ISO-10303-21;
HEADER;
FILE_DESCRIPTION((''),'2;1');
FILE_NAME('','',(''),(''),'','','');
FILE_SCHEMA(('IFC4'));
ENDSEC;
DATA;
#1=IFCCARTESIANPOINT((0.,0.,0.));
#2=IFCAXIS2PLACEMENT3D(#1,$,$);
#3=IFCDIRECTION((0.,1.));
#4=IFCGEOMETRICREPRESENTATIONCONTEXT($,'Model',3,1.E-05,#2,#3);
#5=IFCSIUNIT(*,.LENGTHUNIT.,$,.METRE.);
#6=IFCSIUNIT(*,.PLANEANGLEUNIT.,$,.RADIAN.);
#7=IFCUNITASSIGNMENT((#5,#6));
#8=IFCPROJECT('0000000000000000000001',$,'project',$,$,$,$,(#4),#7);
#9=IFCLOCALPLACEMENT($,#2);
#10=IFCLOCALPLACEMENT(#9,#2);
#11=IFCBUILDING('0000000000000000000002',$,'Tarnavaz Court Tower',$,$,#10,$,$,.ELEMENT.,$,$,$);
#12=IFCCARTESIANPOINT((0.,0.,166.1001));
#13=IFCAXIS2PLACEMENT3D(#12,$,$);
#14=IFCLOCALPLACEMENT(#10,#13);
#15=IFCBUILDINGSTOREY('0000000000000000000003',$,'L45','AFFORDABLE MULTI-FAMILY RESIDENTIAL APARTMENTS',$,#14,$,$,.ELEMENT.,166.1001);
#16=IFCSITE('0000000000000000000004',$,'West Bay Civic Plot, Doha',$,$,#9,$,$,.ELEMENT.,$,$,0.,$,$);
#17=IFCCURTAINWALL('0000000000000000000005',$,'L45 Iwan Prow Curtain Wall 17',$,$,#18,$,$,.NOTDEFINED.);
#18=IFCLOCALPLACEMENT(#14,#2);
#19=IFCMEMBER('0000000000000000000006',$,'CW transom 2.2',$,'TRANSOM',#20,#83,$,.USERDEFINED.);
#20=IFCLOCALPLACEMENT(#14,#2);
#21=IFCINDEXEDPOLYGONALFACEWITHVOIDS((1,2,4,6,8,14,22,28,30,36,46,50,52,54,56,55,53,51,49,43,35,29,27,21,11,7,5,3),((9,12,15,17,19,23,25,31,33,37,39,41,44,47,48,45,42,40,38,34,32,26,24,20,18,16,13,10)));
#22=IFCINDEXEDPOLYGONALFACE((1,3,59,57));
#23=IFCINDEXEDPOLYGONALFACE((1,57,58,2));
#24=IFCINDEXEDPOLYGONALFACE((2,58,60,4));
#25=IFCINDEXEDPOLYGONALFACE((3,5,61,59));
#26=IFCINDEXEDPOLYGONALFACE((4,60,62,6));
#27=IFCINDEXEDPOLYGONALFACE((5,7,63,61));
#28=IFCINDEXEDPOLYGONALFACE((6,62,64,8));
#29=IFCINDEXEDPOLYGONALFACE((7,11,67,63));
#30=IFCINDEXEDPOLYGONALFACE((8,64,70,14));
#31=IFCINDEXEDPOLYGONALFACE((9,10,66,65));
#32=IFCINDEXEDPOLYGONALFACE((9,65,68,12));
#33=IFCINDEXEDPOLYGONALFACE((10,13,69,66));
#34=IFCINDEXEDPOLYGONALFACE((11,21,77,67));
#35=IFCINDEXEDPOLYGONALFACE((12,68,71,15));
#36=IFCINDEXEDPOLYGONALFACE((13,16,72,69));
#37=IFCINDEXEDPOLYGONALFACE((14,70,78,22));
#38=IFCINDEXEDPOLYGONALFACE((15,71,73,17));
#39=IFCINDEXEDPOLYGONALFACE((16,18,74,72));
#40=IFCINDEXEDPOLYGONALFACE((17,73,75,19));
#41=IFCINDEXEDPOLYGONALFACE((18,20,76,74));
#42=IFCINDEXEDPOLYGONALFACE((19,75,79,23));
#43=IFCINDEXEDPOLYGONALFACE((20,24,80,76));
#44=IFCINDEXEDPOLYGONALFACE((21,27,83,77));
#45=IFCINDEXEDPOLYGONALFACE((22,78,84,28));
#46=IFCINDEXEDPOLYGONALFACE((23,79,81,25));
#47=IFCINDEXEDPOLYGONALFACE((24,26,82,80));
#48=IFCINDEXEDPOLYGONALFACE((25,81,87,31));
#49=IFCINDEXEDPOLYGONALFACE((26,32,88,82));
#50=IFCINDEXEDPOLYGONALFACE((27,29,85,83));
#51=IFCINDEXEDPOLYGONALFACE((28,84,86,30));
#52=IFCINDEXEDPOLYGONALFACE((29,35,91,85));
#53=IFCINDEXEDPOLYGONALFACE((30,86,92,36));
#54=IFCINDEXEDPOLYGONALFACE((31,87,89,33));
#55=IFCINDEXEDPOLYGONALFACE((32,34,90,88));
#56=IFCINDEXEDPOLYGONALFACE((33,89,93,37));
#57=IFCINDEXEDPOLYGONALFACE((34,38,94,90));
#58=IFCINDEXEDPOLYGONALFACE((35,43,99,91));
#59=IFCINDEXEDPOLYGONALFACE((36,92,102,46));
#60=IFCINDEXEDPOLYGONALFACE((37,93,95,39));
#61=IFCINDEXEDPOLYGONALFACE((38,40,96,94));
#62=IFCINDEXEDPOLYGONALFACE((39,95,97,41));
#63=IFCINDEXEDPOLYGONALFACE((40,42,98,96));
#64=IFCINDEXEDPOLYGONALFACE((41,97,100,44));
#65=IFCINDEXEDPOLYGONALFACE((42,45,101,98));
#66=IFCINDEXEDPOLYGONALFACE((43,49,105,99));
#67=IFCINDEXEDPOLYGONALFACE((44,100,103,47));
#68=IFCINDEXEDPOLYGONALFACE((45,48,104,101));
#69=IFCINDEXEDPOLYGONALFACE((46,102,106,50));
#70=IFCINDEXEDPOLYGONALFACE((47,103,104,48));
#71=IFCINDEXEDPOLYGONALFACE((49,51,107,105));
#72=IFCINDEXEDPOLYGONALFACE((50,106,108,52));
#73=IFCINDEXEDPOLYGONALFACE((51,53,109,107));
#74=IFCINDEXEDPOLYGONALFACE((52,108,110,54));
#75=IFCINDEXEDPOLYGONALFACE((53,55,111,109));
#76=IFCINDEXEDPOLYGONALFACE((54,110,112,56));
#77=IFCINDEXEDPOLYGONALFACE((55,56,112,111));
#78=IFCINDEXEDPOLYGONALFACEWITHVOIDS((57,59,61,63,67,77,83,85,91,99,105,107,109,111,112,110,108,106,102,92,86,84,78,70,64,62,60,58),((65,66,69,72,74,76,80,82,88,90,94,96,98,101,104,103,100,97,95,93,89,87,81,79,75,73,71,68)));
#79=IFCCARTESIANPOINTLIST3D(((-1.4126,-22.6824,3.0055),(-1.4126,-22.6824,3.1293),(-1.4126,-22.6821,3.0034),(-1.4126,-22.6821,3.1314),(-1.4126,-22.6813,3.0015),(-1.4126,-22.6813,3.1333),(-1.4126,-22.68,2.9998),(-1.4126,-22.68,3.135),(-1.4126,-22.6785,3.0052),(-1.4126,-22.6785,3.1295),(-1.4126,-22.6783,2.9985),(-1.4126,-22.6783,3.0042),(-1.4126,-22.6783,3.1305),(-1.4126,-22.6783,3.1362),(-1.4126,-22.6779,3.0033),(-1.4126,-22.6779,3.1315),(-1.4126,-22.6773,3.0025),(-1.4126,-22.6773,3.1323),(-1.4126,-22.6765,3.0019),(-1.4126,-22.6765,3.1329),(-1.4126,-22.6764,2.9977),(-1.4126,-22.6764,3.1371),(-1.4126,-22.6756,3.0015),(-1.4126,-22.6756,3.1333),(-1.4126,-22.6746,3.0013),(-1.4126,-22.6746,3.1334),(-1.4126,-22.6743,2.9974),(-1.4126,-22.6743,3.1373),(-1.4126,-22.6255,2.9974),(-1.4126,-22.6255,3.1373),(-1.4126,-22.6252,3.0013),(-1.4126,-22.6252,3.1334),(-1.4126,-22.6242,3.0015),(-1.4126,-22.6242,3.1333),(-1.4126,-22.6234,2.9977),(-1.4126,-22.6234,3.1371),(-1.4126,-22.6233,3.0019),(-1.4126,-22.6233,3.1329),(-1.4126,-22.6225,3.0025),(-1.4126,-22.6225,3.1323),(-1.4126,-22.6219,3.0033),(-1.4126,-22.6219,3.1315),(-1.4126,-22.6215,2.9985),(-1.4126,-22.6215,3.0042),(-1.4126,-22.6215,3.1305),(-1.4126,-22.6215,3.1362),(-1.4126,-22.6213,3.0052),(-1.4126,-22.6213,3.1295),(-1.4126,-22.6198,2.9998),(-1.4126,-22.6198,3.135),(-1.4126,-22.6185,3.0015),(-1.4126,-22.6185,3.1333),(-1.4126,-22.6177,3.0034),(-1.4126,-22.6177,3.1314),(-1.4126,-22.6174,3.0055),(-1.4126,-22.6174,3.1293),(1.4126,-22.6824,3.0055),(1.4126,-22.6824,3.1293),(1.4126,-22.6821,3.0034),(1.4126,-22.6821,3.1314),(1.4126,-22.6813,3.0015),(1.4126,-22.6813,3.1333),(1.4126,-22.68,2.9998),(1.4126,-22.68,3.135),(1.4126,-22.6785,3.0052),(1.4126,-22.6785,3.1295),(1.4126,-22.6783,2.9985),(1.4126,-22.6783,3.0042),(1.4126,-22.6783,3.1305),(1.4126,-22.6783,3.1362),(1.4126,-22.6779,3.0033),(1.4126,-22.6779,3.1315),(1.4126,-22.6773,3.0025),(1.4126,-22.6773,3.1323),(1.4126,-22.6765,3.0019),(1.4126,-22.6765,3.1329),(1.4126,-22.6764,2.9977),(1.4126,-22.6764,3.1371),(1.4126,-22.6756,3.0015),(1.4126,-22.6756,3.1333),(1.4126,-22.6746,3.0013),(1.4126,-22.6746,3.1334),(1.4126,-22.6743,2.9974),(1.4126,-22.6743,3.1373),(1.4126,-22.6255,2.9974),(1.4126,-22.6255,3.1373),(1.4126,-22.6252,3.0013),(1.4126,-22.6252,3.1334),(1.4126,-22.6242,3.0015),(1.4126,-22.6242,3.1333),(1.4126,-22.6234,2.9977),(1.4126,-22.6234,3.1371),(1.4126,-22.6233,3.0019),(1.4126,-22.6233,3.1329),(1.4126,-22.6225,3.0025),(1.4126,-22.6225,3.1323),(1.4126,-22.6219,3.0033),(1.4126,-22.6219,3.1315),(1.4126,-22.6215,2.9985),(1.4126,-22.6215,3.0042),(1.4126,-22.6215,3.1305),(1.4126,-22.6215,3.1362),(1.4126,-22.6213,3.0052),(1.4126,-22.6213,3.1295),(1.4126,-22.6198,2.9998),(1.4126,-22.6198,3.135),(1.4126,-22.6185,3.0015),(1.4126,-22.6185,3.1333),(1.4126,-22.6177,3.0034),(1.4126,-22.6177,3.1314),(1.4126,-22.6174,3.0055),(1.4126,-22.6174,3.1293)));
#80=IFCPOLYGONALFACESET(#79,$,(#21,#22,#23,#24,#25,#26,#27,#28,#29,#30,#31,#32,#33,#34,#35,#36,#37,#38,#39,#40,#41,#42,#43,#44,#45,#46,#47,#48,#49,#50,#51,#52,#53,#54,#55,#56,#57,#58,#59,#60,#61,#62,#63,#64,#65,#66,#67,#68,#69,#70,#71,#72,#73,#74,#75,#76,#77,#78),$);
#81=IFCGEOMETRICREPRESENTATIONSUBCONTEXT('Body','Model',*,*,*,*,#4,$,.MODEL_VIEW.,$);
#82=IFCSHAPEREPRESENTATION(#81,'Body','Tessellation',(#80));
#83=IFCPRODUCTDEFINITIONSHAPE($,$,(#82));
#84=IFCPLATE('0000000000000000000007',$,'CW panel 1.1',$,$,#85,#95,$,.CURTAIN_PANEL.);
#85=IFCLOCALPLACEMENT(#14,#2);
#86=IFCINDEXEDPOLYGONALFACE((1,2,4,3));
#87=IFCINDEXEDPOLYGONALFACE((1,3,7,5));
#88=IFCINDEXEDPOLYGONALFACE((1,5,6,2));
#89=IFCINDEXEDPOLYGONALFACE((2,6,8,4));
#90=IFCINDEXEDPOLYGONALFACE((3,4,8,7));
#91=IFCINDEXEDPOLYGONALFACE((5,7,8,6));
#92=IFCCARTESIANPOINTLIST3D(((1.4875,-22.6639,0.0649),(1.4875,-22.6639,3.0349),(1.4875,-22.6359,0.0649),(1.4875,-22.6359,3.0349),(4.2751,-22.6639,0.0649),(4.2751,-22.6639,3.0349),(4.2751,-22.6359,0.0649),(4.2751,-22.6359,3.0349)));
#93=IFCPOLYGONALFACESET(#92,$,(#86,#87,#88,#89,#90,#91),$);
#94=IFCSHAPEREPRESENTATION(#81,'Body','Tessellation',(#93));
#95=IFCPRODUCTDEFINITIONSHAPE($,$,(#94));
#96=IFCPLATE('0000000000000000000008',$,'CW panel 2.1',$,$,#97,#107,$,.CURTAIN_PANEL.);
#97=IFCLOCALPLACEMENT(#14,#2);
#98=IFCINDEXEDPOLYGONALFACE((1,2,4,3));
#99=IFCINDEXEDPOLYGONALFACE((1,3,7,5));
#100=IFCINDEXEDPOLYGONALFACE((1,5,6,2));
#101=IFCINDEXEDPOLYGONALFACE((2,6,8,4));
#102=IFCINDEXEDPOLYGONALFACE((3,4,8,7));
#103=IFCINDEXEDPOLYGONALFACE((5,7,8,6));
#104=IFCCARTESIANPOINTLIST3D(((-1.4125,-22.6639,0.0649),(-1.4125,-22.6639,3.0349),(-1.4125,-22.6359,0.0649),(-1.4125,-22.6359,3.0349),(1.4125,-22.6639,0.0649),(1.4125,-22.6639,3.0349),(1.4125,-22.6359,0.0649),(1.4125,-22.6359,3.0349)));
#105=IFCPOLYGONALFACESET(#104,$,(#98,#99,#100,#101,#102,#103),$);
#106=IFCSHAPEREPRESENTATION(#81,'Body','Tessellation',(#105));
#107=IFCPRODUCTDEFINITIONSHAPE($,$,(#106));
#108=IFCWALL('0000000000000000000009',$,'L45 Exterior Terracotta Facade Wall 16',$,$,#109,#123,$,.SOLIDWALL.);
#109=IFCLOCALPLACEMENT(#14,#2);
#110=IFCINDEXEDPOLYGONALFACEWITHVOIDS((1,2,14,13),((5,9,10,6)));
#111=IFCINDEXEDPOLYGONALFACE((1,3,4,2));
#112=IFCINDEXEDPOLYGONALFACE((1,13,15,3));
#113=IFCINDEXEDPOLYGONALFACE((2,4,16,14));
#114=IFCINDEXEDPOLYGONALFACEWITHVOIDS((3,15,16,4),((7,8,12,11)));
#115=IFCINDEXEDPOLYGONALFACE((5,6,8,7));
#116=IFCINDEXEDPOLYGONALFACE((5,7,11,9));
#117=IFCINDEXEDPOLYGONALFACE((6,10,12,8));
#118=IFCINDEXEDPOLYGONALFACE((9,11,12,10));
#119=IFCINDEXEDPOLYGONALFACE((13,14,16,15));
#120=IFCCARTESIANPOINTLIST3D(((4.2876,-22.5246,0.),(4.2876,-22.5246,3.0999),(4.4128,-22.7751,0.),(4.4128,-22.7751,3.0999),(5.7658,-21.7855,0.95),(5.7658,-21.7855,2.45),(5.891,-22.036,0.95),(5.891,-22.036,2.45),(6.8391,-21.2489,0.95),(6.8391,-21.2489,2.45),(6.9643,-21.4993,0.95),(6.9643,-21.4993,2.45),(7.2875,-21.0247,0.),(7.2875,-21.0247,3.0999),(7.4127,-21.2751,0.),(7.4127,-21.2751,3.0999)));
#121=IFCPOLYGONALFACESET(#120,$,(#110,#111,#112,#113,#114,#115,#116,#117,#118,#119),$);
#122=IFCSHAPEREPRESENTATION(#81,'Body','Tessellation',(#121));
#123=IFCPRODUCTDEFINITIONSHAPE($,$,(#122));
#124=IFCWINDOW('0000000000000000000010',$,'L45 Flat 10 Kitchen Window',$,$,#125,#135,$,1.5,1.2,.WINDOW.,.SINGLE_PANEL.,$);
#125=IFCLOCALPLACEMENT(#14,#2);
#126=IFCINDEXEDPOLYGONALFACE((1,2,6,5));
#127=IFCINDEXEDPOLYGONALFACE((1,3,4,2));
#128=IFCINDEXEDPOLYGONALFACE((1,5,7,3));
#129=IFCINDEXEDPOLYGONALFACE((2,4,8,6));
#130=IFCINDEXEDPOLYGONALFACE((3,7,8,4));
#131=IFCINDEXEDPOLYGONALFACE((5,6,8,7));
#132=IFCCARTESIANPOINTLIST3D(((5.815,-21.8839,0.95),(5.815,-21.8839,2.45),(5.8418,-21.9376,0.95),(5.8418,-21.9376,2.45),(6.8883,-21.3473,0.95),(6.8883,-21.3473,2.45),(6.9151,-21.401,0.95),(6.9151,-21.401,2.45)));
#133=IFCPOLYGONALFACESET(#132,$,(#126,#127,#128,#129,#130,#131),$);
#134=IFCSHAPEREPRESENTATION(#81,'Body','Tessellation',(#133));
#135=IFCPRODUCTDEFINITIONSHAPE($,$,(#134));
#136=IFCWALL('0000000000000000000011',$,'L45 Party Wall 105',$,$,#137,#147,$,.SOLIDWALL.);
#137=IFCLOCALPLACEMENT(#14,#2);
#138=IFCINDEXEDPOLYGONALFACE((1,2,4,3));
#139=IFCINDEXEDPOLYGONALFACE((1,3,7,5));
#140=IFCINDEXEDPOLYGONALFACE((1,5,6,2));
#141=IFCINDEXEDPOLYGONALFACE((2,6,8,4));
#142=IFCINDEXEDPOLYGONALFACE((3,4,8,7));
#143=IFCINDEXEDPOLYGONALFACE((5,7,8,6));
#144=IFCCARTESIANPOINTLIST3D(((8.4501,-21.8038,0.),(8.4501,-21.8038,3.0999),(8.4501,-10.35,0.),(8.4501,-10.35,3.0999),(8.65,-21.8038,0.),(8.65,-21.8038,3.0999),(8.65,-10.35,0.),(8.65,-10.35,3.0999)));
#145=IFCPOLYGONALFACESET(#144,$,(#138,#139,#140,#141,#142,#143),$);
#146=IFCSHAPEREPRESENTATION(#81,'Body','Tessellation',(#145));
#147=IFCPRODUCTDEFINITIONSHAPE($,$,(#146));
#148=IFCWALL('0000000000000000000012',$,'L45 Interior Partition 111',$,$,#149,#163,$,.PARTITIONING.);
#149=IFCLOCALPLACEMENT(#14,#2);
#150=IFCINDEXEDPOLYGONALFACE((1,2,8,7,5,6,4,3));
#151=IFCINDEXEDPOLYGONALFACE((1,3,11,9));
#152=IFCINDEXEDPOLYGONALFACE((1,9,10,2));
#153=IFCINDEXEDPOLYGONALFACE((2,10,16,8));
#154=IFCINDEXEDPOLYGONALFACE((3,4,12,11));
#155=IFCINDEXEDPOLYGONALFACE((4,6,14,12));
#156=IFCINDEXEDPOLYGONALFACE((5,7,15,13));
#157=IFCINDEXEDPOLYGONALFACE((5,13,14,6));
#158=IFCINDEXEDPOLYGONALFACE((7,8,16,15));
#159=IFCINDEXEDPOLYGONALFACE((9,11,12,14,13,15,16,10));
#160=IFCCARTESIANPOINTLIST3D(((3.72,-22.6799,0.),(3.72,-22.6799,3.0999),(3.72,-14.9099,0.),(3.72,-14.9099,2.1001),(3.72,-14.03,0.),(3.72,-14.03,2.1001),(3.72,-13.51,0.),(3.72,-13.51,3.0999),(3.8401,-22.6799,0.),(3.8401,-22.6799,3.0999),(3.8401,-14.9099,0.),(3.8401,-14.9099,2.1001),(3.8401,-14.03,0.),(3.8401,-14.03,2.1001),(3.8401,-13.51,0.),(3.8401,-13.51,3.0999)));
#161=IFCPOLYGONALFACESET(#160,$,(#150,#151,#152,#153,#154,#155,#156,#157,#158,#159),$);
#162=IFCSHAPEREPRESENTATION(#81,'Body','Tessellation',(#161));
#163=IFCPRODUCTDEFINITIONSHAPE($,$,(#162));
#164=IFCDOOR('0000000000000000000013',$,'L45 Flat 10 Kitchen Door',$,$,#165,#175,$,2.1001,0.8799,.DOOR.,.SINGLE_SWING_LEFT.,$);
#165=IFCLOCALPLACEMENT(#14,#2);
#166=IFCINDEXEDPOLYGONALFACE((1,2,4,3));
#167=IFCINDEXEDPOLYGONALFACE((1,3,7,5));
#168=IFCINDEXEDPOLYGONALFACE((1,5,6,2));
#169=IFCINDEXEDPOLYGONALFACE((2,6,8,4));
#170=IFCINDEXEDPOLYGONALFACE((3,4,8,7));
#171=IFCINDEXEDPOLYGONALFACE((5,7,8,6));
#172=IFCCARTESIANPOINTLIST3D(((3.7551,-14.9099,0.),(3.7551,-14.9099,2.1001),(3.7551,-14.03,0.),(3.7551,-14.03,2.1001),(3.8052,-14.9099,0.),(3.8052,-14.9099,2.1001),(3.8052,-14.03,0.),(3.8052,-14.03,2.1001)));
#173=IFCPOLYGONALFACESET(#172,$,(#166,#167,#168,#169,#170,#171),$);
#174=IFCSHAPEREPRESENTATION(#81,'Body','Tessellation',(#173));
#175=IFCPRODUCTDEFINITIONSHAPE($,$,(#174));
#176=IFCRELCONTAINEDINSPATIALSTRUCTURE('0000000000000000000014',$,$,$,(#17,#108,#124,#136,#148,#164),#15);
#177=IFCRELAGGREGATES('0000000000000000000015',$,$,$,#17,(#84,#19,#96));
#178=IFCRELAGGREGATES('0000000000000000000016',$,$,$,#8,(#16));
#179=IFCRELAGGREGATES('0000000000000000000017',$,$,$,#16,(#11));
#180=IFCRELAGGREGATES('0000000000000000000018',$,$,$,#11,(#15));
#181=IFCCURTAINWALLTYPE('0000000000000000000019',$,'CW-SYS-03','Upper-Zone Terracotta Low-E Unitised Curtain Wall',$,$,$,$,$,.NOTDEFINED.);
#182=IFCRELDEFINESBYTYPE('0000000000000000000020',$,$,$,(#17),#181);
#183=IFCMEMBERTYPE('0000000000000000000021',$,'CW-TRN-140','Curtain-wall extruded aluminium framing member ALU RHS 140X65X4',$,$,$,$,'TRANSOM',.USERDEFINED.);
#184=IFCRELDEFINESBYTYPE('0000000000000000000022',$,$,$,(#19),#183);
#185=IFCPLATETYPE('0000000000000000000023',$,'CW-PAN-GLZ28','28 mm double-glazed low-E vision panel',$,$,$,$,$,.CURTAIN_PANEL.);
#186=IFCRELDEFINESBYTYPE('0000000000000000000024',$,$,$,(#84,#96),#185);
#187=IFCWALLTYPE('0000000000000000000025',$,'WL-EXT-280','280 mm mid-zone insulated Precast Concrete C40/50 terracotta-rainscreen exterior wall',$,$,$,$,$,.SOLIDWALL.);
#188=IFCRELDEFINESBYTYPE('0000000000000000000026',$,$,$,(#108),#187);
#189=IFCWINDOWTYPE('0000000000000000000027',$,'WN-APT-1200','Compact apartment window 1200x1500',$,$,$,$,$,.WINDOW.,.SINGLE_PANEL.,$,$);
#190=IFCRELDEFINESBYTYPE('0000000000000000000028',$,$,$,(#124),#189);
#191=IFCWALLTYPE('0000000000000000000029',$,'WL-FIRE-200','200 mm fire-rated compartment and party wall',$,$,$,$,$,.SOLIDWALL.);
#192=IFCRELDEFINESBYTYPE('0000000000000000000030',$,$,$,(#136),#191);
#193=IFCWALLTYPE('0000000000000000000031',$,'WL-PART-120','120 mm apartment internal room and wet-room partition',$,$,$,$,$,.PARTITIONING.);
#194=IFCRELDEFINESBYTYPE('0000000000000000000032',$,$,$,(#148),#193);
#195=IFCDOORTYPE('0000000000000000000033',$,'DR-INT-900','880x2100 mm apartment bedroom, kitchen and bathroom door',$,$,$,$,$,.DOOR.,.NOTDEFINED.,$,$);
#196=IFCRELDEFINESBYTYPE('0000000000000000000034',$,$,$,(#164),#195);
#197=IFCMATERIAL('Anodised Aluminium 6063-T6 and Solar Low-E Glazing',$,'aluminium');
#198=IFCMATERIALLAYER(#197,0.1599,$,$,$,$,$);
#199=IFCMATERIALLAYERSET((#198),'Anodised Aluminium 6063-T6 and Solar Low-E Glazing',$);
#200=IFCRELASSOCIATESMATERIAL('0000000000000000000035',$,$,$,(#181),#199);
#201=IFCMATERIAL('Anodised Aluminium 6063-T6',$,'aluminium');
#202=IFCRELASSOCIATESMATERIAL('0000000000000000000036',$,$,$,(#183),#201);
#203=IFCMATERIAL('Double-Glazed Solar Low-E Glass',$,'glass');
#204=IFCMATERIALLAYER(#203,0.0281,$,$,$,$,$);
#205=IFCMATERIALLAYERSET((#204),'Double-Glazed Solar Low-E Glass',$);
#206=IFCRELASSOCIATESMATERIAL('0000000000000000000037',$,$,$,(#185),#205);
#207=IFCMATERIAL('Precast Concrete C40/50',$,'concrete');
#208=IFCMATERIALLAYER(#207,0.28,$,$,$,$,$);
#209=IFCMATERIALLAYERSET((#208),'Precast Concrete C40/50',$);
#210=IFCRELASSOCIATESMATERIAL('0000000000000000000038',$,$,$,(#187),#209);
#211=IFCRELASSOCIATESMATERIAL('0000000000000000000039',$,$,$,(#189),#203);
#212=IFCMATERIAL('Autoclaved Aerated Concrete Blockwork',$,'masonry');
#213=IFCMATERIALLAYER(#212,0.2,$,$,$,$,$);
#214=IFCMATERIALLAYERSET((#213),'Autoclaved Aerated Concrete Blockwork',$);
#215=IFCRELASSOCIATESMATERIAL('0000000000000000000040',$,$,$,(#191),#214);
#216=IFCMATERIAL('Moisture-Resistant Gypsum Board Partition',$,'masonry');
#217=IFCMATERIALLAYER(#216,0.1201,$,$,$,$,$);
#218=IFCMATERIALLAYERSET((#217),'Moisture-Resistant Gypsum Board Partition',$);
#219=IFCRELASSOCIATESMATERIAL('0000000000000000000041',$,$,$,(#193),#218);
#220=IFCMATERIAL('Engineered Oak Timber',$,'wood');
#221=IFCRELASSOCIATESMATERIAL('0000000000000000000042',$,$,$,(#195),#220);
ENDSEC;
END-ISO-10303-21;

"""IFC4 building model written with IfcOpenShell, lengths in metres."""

from ifc_helpers import new_model, si_unit, direction, frame, frame_2d, origin, origin_2d, place, context, subcontext, project, spatial, rectangle, hollow_rectangle, extrude, material, layer, layer_set, material_profile, profile_set, type_object, element, fill, aggregate, save


model = new_model("IFC4")

# Units and contexts
model_context = context("Model", 3, precision=1e-05, world=origin(), true_north=direction((0.0, 1.0)))
body_context = subcontext(model_context, "Body", "Model", "MODEL_VIEW")
ifc_project = project(units=[si_unit("LENGTHUNIT", "METRE"), si_unit("PLANEANGLEUNIT", "RADIAN")], contexts=[model_context])

# Site, building, storey
site_placement = place(None, origin())
site = spatial("IfcSite", under=ifc_project, at=site_placement, Name="West Bay Civic Plot, Doha", CompositionType="ELEMENT", RefElevation=0.0)
building_placement = place(site_placement, origin())
building = spatial("IfcBuilding", under=site, at=building_placement, Name="Tarnavaz Court Tower", CompositionType="ELEMENT")
storey_placement = place(building_placement, frame((0.0, 0.0, 166.1001)))
storey = spatial("IfcBuildingStorey", under=building, at=storey_placement, Name="L45", Description="AFFORDABLE MULTI-FAMILY RESIDENTIAL APARTMENTS", CompositionType="ELEMENT", Elevation=166.1001)

# Curtain wall, member, plates
ifc_material_1 = material(Name="Anodised Aluminium 6063-T6 and Solar Low-E Glazing", Category="aluminium")
ifc_layer_1 = layer(ifc_material_1, 0.1599)
ifc_layer_set_1 = layer_set([ifc_layer_1], Name="Anodised Aluminium 6063-T6 and Solar Low-E Glazing")
curtain_wall_type = type_object("IfcCurtainWallType", Name="CW-SYS-03", Description="Upper-Zone Terracotta Low-E Unitised Curtain Wall", PredefinedType="NOTDEFINED", material=ifc_layer_set_1)
curtain_wall_placement = place(storey_placement, origin())
curtain_wall = element("IfcCurtainWall", 1, at=curtain_wall_placement, inside=storey, type_object=curtain_wall_type, Name="L45 Iwan Prow Curtain Wall 17", PredefinedType="NOTDEFINED")
ifc_material_2 = material(Name="Anodised Aluminium 6063-T6", Category="aluminium")
ifc_material_profile_1 = material_profile(ifc_material_2, hollow_rectangle(XDim=0.0649, YDim=0.1399, WallThickness=0.0039, InnerFilletRadius=0.0039, OuterFilletRadius=0.0081, at=origin_2d()), Name="ALU RHS 140X65X4")
ifc_profile_set_1 = profile_set([ifc_material_profile_1], Name="Anodised Aluminium 6063-T6")
member_type_1 = type_object("IfcMemberType", Name="CW-TRN-140", Description="Curtain-wall extruded aluminium framing member ALU RHS 140X65X4", ElementType="TRANSOM", PredefinedType="USERDEFINED", material=ifc_profile_set_1)
member_1_placement = place(storey_placement, frame((1.4126, -22.6499, 3.0674), z_axis=(-1.0, 0.0, 0.0), x_axis=(0.0, -1.0, 0.0)))
member_1 = element("IfcMember", 2, at=member_1_placement, type_object=member_type_1, Name="CW transom 2.2", ObjectType="TRANSOM", PredefinedType="USERDEFINED", context=body_context, shape_type="SweptSolid", body=[
    extrude(hollow_rectangle(XDim=0.0649, YDim=0.1399, WallThickness=0.0039, InnerFilletRadius=0.0039, OuterFilletRadius=0.0081, at=origin_2d()), origin(), (0.0, 0.0, 1.0), 2.8252),
])
ifc_material_3 = material(Name="Double-Glazed Solar Low-E Glass", Category="glass")
ifc_layer_2 = layer(ifc_material_3, 0.0281)
ifc_layer_set_2 = layer_set([ifc_layer_2], Name="Double-Glazed Solar Low-E Glass")
plate_type = type_object("IfcPlateType", Name="CW-PAN-GLZ28", Description="28 mm double-glazed low-E vision panel", PredefinedType="CURTAIN_PANEL", material=ifc_layer_set_2)
plate_1_placement = place(storey_placement, frame((2.8813, -22.6499, 0.0649), z_axis=(0.0, 0.0, 1.0), x_axis=(-1.0, 0.0, 0.0)))
plate_1 = element("IfcPlate", 3, at=plate_1_placement, type_object=plate_type, Name="CW panel 1.1", PredefinedType="CURTAIN_PANEL", context=body_context, shape_type="SweptSolid", body=[
    extrude(rectangle(XDim=2.7876, YDim=0.0281, at=origin_2d()), origin(), (0.0, 0.0, 1.0), 2.97),
])
plate_2_placement = place(storey_placement, frame((0.0, -22.6499, 0.0649), z_axis=(0.0, 0.0, 1.0), x_axis=(-1.0, 0.0, 0.0)))
plate_2 = element("IfcPlate", 4, at=plate_2_placement, type_object=plate_type, Name="CW panel 2.1", PredefinedType="CURTAIN_PANEL", context=body_context, shape_type="SweptSolid", body=[
    extrude(rectangle(XDim=2.825, YDim=0.0281, at=origin_2d()), origin(), (0.0, 0.0, 1.0), 2.97),
])
aggregate(curtain_wall, [plate_1, member_1, plate_2])

# Wall, opening, window
ifc_material_4 = material(Name="Precast Concrete C40/50", Category="concrete")
ifc_layer_3 = layer(ifc_material_4, 0.28)
ifc_layer_set_3 = layer_set([ifc_layer_3], Name="Precast Concrete C40/50")
wall_type_1 = type_object("IfcWallType", Name="WL-EXT-280", Description="280 mm mid-zone insulated Precast Concrete C40/50 terracotta-rainscreen exterior wall", PredefinedType="SOLIDWALL", material=ifc_layer_set_3)
wall_1_placement = place(storey_placement, frame((7.3501, -21.1499, 0.0), z_axis=(0.0, 0.0, 1.0), x_axis=(-0.894427, -0.447214, 0.0)))
wall_1 = element("IfcWall", 5, at=wall_1_placement, inside=storey, type_object=wall_type_1, Name="L45 Exterior Terracotta Facade Wall 16", PredefinedType="SOLIDWALL", context=body_context, shape_type="SweptSolid", body=[
    extrude(rectangle(XDim=3.354, YDim=0.28, at=frame_2d((1.677, 0.0))), origin(), (0.0, 0.0, 1.0), 3.0999),
])
opening_1_placement = place(wall_1_placement, frame((0.5012, 0.0, 0.95)))
opening_1 = element("IfcOpeningElement", 6, at=opening_1_placement, cuts=wall_1, PredefinedType="OPENING", context=body_context, shape_type="SweptSolid", body=[
    extrude(rectangle(XDim=1.2, YDim=1.5, at=frame_2d((0.6001, 0.75))), frame((0.0, 0.1499, 0.0), z_axis=(0.0, -1.0, 0.0), x_axis=(1.0, 0.0, 0.0)), (0.0, 0.0, 1.0), 0.3),
])
window_type = type_object("IfcWindowType", Name="WN-APT-1200", Description="Compact apartment window 1200x1500", PartitioningType="SINGLE_PANEL", PredefinedType="WINDOW", material=ifc_material_3)
window_placement = place(opening_1_placement, origin())
window = element("IfcWindow", 7, at=window_placement, inside=storey, type_object=window_type, Name="L45 Flat 10 Kitchen Window", OverallHeight=1.5, OverallWidth=1.2, PartitioningType="SINGLE_PANEL", PredefinedType="WINDOW", context=body_context, shape_type="SweptSolid", body=[
    extrude(rectangle(XDim=1.2, YDim=1.5, at=frame_2d((0.6001, 0.75))), frame((0.0, 0.03, 0.0), z_axis=(0.0, -1.0, 0.0), x_axis=(1.0, 0.0, 0.0)), (0.0, 0.0, 1.0), 0.0601),
])
fill(opening_1, window)

# Wall
ifc_material_5 = material(Name="Autoclaved Aerated Concrete Blockwork", Category="masonry")
ifc_layer_4 = layer(ifc_material_5, 0.2)
ifc_layer_set_4 = layer_set([ifc_layer_4], Name="Autoclaved Aerated Concrete Blockwork")
wall_type_2 = type_object("IfcWallType", Name="WL-FIRE-200", Description="200 mm fire-rated compartment and party wall", PredefinedType="SOLIDWALL", material=ifc_layer_set_4)
wall_2_placement = place(storey_placement, frame((8.55, -21.804, 0.0), z_axis=(0.0, 0.0, 1.0), x_axis=(0.0, 1.0, 0.0)))
element("IfcWall", 8, at=wall_2_placement, inside=storey, type_object=wall_type_2, Name="L45 Party Wall 105", PredefinedType="SOLIDWALL", context=body_context, shape_type="SweptSolid", body=[
    extrude(rectangle(XDim=11.4539, YDim=0.2, at=frame_2d((5.7271, 0.0))), origin(), (0.0, 0.0, 1.0), 3.0999),
])

# Wall, opening, door
ifc_material_6 = material(Name="Moisture-Resistant Gypsum Board Partition", Category="masonry")
ifc_layer_5 = layer(ifc_material_6, 0.1201)
ifc_layer_set_5 = layer_set([ifc_layer_5], Name="Moisture-Resistant Gypsum Board Partition")
wall_type_3 = type_object("IfcWallType", Name="WL-PART-120", Description="120 mm apartment internal room and wet-room partition", PredefinedType="PARTITIONING", material=ifc_layer_set_5)
wall_3_placement = place(storey_placement, frame((3.78, -22.6799, 0.0), z_axis=(0.0, 0.0, 1.0), x_axis=(0.0, 1.0, 0.0)))
wall_3 = element("IfcWall", 9, at=wall_3_placement, inside=storey, type_object=wall_type_3, Name="L45 Interior Partition 111", PredefinedType="PARTITIONING", context=body_context, shape_type="SweptSolid", body=[
    extrude(rectangle(XDim=9.1699, YDim=0.1201, at=frame_2d((4.585, 0.0))), origin(), (0.0, 0.0, 1.0), 3.0999),
])
opening_2_placement = place(wall_3_placement, frame((7.77, 0.0, 0.0)))
opening_2 = element("IfcOpeningElement", 10, at=opening_2_placement, cuts=wall_3, PredefinedType="OPENING", context=body_context, shape_type="SweptSolid", body=[
    extrude(rectangle(XDim=0.8799, YDim=2.1001, at=frame_2d((0.4399, 1.05))), frame((0.0, 0.0701, 0.0), z_axis=(0.0, -1.0, 0.0), x_axis=(1.0, 0.0, 0.0)), (0.0, 0.0, 1.0), 0.1401),
])
ifc_material_7 = material(Name="Engineered Oak Timber", Category="wood")
door_type = type_object("IfcDoorType", Name="DR-INT-900", Description="880x2100 mm apartment bedroom, kitchen and bathroom door", OperationType="NOTDEFINED", PredefinedType="DOOR", material=ifc_material_7)
door_placement = place(opening_2_placement, origin())
door = element("IfcDoor", 11, at=door_placement, inside=storey, type_object=door_type, Name="L45 Flat 10 Kitchen Door", OperationType="SINGLE_SWING_LEFT", OverallHeight=2.1001, OverallWidth=0.8799, PredefinedType="DOOR", context=body_context, shape_type="SweptSolid", body=[
    extrude(rectangle(XDim=0.8799, YDim=2.1001, at=frame_2d((0.4399, 1.05))), frame((0.0, 0.0249, 0.0), z_axis=(0.0, -1.0, 0.0), x_axis=(1.0, 0.0, 0.0)), (0.0, 0.0, 1.0), 0.05),
])
fill(opening_2, door)

save(model, "model.ifc")
